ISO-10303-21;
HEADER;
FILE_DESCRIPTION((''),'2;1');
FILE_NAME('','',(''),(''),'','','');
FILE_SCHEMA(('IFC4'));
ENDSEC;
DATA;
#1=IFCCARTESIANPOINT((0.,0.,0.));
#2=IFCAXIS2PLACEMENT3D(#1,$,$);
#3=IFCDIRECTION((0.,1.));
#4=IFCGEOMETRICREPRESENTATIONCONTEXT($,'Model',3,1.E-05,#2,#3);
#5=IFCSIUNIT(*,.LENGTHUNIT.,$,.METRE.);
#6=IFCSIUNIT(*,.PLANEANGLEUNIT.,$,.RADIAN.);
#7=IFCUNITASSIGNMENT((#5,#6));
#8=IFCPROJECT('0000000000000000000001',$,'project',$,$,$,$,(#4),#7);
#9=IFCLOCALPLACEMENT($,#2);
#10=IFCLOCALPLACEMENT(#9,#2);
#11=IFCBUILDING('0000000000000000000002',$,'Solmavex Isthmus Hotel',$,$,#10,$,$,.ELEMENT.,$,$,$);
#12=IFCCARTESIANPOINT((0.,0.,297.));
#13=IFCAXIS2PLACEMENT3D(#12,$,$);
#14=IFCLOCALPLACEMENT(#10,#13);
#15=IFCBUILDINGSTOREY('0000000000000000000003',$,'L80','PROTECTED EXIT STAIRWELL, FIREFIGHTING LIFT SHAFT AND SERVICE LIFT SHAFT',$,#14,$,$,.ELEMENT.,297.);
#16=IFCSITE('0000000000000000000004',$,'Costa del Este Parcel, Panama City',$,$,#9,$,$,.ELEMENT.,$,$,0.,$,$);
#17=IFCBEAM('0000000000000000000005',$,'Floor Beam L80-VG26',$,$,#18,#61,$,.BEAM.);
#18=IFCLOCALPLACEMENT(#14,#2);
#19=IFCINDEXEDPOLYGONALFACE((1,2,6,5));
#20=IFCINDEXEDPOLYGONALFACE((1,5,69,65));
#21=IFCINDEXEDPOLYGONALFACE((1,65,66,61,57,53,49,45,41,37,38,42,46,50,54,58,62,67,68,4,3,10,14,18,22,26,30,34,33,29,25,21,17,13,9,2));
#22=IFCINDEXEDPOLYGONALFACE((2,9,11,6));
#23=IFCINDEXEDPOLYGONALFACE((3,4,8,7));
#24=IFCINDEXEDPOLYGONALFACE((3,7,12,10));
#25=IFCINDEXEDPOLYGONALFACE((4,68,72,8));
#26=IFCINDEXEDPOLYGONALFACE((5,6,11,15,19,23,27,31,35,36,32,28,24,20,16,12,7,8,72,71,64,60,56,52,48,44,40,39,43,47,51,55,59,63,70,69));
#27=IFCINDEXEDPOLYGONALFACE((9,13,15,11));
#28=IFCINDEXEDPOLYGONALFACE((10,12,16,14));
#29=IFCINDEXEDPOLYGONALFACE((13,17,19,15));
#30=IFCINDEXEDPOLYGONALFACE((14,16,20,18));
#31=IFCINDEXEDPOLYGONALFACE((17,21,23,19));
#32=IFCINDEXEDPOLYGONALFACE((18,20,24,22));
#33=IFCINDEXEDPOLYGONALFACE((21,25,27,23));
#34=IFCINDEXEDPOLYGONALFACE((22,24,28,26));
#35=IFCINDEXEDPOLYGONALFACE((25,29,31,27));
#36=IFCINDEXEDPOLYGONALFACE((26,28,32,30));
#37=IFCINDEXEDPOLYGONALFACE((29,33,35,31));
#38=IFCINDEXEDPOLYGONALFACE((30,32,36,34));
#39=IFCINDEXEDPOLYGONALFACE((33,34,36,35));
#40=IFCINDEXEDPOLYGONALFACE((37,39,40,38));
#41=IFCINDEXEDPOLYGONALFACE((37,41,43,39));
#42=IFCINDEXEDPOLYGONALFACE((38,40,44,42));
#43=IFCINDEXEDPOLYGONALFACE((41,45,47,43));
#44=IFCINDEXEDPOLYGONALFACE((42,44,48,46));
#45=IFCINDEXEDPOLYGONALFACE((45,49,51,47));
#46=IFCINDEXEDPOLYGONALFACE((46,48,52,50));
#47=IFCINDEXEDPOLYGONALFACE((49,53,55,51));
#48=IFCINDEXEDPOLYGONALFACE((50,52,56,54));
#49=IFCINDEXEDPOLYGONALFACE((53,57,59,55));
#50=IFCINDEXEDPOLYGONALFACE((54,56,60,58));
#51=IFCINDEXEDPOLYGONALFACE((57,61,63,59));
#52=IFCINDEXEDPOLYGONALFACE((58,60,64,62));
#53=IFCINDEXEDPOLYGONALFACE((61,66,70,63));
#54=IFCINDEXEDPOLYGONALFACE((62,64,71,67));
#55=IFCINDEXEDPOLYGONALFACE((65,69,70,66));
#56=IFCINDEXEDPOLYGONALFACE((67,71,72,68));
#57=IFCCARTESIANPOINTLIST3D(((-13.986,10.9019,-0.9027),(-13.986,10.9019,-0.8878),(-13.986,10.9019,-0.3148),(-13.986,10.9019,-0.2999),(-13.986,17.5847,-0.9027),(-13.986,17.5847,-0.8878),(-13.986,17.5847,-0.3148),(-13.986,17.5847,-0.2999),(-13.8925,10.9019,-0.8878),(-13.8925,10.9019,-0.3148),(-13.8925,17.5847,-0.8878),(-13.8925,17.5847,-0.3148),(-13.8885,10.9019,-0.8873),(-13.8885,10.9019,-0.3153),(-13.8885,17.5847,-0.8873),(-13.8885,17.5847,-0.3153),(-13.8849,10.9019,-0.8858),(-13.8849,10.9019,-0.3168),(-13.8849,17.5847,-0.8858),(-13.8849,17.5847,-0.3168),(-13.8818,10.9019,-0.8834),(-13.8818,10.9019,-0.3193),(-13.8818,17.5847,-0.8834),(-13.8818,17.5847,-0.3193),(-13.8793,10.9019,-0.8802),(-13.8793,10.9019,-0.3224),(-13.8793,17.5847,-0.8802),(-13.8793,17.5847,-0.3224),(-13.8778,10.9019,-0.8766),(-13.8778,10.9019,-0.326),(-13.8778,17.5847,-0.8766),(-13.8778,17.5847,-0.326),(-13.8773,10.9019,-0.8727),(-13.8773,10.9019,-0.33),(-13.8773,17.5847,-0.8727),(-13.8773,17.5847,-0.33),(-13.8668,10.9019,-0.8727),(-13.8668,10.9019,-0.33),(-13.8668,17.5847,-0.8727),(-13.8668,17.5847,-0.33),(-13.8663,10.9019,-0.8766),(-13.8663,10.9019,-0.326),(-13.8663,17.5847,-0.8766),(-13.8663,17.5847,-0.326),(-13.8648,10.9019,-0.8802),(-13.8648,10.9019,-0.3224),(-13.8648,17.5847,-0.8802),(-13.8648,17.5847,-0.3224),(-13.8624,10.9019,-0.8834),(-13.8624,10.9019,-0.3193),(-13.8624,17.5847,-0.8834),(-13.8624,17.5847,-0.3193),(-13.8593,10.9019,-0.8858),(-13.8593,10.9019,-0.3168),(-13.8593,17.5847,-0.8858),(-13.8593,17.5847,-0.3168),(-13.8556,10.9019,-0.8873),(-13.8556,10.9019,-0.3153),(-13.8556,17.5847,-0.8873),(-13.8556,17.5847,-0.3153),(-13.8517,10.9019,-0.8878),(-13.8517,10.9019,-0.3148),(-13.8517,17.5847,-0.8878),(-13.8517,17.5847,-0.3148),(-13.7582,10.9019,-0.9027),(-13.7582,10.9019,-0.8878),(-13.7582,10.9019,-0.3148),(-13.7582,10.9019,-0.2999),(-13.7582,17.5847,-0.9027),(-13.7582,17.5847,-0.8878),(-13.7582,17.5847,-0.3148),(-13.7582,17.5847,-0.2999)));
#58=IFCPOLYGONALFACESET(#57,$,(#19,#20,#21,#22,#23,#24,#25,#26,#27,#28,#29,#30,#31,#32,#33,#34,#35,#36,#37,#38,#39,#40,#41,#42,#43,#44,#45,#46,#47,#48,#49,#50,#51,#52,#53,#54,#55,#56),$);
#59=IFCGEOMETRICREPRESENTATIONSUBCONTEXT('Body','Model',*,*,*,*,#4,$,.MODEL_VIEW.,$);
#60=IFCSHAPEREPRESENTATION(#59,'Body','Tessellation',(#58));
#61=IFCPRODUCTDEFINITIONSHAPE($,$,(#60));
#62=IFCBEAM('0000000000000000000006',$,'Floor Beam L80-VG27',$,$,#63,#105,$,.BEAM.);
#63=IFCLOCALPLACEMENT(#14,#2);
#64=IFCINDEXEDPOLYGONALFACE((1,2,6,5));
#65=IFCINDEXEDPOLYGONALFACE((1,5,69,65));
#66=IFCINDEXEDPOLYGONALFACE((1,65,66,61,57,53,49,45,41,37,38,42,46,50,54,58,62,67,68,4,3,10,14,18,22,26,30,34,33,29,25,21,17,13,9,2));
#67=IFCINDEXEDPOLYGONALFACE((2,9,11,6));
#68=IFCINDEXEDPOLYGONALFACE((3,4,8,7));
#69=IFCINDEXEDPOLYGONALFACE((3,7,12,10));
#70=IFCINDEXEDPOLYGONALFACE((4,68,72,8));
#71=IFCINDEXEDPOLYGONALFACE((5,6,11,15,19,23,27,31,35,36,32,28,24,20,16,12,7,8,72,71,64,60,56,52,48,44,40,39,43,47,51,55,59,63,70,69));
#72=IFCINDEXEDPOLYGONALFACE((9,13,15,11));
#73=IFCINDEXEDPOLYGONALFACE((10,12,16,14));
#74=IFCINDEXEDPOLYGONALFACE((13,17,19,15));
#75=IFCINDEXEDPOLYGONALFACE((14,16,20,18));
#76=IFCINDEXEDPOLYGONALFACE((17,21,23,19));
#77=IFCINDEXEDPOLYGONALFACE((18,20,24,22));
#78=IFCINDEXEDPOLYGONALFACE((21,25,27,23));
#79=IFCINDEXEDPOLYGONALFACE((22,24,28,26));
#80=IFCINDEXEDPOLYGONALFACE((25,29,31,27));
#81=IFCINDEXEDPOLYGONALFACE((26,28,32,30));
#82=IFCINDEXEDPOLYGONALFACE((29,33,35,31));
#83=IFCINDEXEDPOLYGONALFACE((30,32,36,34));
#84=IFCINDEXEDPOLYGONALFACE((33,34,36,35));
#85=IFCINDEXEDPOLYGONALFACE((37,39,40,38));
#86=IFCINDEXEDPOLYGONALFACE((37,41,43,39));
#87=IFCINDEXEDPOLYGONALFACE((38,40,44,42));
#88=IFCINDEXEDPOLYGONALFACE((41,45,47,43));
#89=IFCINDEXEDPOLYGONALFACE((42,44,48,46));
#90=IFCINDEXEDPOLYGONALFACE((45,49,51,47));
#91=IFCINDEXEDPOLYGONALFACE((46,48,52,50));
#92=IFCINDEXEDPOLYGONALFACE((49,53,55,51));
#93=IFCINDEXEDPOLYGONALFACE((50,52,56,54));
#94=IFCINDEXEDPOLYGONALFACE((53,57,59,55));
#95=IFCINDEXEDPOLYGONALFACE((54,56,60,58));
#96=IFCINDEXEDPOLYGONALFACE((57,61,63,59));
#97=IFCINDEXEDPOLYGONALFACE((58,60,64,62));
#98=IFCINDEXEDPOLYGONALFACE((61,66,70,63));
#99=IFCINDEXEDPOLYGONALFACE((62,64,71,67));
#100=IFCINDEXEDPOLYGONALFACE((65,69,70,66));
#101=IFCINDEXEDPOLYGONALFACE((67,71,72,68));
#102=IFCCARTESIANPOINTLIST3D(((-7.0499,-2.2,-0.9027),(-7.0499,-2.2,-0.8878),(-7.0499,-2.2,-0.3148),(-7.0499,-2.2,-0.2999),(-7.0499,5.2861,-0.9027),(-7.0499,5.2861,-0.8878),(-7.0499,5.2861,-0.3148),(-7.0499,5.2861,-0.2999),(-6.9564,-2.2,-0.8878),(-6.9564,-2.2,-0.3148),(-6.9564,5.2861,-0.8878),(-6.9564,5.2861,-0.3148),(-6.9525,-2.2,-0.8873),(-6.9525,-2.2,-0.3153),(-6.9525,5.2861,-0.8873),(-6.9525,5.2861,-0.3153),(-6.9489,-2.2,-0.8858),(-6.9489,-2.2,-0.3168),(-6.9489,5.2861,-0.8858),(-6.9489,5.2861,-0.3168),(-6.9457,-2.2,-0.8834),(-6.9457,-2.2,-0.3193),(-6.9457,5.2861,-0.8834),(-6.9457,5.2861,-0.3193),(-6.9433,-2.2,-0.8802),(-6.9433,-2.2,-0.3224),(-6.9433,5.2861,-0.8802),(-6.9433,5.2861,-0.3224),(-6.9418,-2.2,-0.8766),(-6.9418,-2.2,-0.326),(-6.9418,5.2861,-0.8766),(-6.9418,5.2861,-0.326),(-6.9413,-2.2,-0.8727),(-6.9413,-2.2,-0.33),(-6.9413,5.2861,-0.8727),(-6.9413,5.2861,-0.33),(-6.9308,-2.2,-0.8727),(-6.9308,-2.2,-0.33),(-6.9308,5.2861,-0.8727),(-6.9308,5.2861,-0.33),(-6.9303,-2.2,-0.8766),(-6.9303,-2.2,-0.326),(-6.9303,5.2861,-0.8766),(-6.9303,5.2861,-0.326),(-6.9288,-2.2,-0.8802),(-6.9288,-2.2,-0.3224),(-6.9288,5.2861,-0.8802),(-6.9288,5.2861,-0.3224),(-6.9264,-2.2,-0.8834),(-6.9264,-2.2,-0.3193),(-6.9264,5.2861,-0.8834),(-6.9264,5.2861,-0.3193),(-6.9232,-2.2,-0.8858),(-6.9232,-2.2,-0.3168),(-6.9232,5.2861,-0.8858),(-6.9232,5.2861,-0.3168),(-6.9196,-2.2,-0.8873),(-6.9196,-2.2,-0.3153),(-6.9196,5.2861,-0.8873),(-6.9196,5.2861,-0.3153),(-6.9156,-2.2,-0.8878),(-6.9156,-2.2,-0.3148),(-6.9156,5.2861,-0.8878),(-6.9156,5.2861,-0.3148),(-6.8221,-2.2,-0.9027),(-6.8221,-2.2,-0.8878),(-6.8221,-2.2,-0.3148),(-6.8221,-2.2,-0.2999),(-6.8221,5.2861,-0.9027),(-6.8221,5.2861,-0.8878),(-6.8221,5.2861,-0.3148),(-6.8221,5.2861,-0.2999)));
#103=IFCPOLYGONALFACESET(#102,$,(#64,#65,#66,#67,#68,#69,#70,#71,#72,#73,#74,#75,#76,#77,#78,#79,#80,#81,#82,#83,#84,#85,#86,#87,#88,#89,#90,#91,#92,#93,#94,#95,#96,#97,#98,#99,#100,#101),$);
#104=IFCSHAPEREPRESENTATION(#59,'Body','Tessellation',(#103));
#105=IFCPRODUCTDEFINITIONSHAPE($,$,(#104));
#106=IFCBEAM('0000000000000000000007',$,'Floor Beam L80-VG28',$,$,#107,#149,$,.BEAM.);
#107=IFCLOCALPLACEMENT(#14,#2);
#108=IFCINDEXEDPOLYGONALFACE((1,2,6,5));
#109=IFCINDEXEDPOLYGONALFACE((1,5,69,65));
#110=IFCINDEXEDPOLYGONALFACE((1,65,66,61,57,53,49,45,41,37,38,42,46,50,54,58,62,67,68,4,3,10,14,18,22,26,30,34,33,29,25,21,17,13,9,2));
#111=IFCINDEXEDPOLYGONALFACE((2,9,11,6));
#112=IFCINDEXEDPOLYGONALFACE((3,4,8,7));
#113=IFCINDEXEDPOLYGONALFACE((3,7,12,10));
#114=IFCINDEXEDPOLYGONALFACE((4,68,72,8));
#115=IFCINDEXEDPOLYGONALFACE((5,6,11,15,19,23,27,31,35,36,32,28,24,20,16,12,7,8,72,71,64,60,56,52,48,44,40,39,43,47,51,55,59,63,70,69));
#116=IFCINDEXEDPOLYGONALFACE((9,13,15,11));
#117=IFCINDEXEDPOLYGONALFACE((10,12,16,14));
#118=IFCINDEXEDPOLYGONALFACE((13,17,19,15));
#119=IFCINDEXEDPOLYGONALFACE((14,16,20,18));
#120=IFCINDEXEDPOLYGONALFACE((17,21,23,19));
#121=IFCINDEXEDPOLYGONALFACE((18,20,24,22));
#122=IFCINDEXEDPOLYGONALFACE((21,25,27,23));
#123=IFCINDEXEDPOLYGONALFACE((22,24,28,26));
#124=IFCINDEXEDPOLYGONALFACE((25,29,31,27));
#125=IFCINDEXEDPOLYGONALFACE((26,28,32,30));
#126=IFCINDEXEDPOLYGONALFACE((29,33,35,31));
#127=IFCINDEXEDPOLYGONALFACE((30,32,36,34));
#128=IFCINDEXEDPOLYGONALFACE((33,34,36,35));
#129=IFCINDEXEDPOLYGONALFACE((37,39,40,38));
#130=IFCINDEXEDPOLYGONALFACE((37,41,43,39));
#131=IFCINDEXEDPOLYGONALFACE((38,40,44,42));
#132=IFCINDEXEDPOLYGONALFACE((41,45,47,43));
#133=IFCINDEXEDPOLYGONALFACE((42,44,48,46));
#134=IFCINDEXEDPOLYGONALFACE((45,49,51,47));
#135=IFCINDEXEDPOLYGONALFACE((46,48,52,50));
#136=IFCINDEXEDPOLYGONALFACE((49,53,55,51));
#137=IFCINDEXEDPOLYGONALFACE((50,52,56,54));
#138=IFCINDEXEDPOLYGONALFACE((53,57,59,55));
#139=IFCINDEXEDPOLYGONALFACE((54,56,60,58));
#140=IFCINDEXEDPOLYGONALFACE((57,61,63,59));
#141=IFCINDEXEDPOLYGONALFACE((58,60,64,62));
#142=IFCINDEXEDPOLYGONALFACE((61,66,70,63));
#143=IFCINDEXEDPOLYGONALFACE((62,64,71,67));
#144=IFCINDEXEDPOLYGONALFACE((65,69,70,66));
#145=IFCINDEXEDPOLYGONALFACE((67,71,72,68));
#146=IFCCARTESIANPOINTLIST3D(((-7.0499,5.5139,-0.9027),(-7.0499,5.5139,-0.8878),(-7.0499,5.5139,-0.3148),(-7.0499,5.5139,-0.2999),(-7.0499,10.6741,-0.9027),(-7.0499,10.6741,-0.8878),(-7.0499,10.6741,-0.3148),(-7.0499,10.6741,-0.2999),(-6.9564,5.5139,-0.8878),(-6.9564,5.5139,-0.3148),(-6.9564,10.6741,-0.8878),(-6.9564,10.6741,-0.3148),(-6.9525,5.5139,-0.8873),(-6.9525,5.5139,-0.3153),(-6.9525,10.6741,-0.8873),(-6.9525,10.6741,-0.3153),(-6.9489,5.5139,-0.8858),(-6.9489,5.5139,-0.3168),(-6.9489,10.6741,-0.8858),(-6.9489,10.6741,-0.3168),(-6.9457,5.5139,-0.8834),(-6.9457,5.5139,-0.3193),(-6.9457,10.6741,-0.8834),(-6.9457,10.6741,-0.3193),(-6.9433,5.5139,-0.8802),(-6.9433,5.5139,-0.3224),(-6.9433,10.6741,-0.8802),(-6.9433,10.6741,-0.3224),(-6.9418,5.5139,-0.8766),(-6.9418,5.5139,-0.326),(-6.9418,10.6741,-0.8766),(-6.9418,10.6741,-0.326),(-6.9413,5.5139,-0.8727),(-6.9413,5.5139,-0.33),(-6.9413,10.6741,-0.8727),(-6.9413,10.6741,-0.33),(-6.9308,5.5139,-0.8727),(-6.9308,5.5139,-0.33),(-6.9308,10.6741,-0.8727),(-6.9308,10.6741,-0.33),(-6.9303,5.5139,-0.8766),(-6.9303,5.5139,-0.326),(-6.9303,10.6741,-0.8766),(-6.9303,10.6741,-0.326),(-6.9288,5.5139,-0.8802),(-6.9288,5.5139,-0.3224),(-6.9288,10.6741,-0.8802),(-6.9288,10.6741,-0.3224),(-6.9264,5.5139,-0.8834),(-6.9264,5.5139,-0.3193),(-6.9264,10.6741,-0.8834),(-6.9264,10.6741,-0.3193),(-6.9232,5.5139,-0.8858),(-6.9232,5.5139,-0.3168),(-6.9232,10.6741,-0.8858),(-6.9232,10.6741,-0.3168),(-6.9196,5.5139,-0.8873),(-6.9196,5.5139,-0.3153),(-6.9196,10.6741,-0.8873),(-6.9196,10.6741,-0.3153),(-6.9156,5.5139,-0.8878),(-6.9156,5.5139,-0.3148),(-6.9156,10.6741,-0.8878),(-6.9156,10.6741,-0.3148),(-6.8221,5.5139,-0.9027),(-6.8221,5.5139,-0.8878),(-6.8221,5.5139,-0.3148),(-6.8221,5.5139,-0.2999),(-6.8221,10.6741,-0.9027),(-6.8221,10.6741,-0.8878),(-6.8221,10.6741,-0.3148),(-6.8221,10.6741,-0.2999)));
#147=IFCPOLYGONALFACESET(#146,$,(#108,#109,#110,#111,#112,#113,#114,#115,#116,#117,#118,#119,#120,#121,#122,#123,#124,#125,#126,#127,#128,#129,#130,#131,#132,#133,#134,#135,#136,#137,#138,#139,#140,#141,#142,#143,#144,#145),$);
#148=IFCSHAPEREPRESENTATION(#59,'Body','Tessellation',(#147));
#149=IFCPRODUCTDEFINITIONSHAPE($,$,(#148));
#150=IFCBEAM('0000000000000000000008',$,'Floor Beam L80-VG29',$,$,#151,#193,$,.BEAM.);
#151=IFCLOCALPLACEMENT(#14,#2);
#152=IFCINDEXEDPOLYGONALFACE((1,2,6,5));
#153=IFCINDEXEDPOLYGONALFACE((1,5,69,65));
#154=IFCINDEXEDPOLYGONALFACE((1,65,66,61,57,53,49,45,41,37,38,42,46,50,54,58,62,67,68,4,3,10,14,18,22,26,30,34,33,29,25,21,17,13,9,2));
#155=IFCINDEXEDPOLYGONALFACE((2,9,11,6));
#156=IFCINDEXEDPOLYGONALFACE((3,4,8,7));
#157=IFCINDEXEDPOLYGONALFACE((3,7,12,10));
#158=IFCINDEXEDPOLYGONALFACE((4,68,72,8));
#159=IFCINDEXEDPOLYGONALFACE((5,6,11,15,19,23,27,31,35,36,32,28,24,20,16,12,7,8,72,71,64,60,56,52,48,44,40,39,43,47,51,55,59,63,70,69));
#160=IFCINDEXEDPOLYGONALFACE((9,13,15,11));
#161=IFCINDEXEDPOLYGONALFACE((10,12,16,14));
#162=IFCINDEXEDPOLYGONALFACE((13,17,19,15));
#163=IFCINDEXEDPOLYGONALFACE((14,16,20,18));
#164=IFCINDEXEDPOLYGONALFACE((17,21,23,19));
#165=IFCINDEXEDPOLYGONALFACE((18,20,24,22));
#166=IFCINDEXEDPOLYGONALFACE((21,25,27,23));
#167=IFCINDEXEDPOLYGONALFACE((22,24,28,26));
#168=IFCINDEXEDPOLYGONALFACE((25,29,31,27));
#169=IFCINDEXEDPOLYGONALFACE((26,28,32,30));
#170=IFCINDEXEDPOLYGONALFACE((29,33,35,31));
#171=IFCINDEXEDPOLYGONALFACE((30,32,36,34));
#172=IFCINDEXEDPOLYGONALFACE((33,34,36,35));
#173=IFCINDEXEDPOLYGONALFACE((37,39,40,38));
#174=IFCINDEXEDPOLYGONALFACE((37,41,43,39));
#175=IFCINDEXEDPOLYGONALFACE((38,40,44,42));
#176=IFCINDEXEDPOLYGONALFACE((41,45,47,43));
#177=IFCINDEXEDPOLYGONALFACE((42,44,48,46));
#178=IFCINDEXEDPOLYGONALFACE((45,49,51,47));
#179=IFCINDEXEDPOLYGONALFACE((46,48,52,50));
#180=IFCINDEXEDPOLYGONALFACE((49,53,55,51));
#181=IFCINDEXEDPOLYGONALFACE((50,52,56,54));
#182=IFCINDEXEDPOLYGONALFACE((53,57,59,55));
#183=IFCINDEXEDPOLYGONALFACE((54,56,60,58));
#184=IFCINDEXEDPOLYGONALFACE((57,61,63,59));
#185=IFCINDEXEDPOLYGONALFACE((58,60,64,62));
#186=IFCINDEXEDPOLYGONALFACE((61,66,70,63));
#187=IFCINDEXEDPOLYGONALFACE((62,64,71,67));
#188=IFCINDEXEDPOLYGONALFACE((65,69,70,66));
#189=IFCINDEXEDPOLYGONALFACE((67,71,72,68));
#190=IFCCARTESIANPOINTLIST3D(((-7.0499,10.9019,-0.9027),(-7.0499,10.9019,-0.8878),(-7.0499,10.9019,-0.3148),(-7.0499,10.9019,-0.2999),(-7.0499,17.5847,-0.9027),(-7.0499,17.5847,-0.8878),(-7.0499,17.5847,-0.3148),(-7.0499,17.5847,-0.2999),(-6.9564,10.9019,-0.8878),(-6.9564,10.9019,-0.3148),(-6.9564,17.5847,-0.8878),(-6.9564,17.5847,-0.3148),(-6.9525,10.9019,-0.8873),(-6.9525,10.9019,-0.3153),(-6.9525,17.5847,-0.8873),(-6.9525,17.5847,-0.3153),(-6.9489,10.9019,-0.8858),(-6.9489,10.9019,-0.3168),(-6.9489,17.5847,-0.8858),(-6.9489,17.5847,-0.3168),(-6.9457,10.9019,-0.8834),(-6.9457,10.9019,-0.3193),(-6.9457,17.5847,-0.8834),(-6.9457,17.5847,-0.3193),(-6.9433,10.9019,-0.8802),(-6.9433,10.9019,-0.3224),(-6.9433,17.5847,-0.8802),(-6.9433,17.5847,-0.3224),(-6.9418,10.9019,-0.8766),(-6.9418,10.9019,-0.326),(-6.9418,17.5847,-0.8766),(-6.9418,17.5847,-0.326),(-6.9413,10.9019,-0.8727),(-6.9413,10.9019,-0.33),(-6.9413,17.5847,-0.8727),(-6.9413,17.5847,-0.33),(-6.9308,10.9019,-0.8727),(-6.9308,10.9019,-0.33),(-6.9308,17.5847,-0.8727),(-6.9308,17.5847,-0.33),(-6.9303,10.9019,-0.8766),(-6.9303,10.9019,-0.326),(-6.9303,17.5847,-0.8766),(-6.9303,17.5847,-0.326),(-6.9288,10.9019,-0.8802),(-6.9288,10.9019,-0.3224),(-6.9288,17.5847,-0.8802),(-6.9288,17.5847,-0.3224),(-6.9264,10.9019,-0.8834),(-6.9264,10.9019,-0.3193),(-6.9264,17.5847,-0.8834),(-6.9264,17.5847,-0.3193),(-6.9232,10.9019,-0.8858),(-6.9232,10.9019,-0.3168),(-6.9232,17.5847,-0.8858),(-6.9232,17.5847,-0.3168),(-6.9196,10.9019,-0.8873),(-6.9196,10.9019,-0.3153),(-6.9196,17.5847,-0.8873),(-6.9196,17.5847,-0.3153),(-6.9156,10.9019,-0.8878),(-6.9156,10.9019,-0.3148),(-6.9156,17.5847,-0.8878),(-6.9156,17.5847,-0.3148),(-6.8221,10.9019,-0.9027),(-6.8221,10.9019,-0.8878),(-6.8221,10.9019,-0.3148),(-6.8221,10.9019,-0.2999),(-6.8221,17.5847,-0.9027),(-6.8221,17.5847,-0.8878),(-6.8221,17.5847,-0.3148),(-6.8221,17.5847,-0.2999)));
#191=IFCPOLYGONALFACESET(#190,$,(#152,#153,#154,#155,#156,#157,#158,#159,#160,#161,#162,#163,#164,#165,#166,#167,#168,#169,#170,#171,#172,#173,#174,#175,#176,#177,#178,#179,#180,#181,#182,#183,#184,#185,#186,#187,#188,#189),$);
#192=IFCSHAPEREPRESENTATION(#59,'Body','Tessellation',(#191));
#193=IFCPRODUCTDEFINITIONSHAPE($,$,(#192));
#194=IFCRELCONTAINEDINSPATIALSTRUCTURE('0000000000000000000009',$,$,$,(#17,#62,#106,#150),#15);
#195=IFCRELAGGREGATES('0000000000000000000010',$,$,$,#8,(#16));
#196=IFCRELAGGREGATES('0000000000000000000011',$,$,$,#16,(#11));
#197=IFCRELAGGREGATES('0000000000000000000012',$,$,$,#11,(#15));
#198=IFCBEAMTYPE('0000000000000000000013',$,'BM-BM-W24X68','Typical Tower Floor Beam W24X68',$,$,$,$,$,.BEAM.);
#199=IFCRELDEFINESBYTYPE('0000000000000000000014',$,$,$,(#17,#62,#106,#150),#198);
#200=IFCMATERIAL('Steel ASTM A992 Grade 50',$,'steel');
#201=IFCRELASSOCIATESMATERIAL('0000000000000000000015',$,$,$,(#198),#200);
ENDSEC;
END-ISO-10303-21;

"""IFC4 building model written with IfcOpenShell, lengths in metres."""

from ifc_helpers import new_model, si_unit, direction, frame, origin, origin_2d, place, context, subcontext, project, spatial, i_section, extrude, material, material_profile, profile_set, type_object, element, save


model = new_model("IFC4")

# Units and contexts
model_context = context("Model", 3, precision=1e-05, world=origin(), true_north=direction((0.0, 1.0)))
body_context = subcontext(model_context, "Body", "Model", "MODEL_VIEW")
ifc_project = project(units=[si_unit("LENGTHUNIT", "METRE"), si_unit("PLANEANGLEUNIT", "RADIAN")], contexts=[model_context])

# Site, building, storey
site_placement = place(None, origin())
site = spatial("IfcSite", under=ifc_project, at=site_placement, Name="Costa del Este Parcel, Panama City", CompositionType="ELEMENT", RefElevation=0.0)
building_placement = place(site_placement, origin())
building = spatial("IfcBuilding", under=site, at=building_placement, Name="Solmavex Isthmus Hotel", CompositionType="ELEMENT")
storey_placement = place(building_placement, frame((0.0, 0.0, 297.0)))
storey = spatial("IfcBuildingStorey", under=building, at=storey_placement, Name="L80", Description="PROTECTED EXIT STAIRWELL, FIREFIGHTING LIFT SHAFT AND SERVICE LIFT SHAFT", CompositionType="ELEMENT", Elevation=297.0)

# Beams
ifc_material_1 = material(Name="Steel ASTM A992 Grade 50", Category="steel")
ifc_material_profile_1 = material_profile(ifc_material_1, i_section(OverallWidth=0.2278, OverallDepth=0.6028, WebThickness=0.0105, FlangeThickness=0.0149, FilletRadius=0.0151, at=origin_2d()), Name="W24X68")
ifc_profile_set_1 = profile_set([ifc_material_profile_1], Name="Steel ASTM A992 Grade 50")
beam_type_1 = type_object("IfcBeamType", Name="BM-BM-W24X68", Description="Typical Tower Floor Beam W24X68", PredefinedType="BEAM", material=ifc_profile_set_1)
beam_1_placement = place(storey_placement, frame((-13.8721, 10.9019, -0.6013), z_axis=(0.0, 1.0, 0.0), x_axis=(-1.0, 0.0, 0.0)))
element("IfcBeam", 1, at=beam_1_placement, inside=storey, type_object=beam_type_1, Name="Floor Beam L80-VG26", PredefinedType="BEAM", context=body_context, shape_type="SweptSolid", body=[
    extrude(i_section(OverallWidth=0.2278, OverallDepth=0.6028, WebThickness=0.0105, FlangeThickness=0.0149, FilletRadius=0.0151, at=origin_2d()), origin(), (0.0, 0.0, 1.0), 6.6829),
])
beam_2_placement = place(storey_placement, frame((-6.936, -2.2, -0.6013), z_axis=(0.0, 1.0, 0.0), x_axis=(-1.0, 0.0, 0.0)))
element("IfcBeam", 2, at=beam_2_placement, inside=storey, type_object=beam_type_1, Name="Floor Beam L80-VG27", PredefinedType="BEAM", context=body_context, shape_type="SweptSolid", body=[
    extrude(i_section(OverallWidth=0.2278, OverallDepth=0.6028, WebThickness=0.0105, FlangeThickness=0.0149, FilletRadius=0.0151, at=origin_2d()), origin(), (0.0, 0.0, 1.0), 7.4861),
])
beam_3_placement = place(storey_placement, frame((-6.936, 5.5139, -0.6013), z_axis=(0.0, 1.0, 0.0), x_axis=(-1.0, 0.0, 0.0)))
element("IfcBeam", 3, at=beam_3_placement, inside=storey, type_object=beam_type_1, Name="Floor Beam L80-VG28", PredefinedType="BEAM", context=body_context, shape_type="SweptSolid", body=[
    extrude(i_section(OverallWidth=0.2278, OverallDepth=0.6028, WebThickness=0.0105, FlangeThickness=0.0149, FilletRadius=0.0151, at=origin_2d()), origin(), (0.0, 0.0, 1.0), 5.1602),
])
beam_4_placement = place(storey_placement, frame((-6.936, 10.9019, -0.6013), z_axis=(0.0, 1.0, 0.0), x_axis=(-1.0, 0.0, 0.0)))
element("IfcBeam", 4, at=beam_4_placement, inside=storey, type_object=beam_type_1, Name="Floor Beam L80-VG29", PredefinedType="BEAM", context=body_context, shape_type="SweptSolid", body=[
    extrude(i_section(OverallWidth=0.2278, OverallDepth=0.6028, WebThickness=0.0105, FlangeThickness=0.0149, FilletRadius=0.0151, at=origin_2d()), origin(), (0.0, 0.0, 1.0), 6.6829),
])

save(model, "model.ifc")
